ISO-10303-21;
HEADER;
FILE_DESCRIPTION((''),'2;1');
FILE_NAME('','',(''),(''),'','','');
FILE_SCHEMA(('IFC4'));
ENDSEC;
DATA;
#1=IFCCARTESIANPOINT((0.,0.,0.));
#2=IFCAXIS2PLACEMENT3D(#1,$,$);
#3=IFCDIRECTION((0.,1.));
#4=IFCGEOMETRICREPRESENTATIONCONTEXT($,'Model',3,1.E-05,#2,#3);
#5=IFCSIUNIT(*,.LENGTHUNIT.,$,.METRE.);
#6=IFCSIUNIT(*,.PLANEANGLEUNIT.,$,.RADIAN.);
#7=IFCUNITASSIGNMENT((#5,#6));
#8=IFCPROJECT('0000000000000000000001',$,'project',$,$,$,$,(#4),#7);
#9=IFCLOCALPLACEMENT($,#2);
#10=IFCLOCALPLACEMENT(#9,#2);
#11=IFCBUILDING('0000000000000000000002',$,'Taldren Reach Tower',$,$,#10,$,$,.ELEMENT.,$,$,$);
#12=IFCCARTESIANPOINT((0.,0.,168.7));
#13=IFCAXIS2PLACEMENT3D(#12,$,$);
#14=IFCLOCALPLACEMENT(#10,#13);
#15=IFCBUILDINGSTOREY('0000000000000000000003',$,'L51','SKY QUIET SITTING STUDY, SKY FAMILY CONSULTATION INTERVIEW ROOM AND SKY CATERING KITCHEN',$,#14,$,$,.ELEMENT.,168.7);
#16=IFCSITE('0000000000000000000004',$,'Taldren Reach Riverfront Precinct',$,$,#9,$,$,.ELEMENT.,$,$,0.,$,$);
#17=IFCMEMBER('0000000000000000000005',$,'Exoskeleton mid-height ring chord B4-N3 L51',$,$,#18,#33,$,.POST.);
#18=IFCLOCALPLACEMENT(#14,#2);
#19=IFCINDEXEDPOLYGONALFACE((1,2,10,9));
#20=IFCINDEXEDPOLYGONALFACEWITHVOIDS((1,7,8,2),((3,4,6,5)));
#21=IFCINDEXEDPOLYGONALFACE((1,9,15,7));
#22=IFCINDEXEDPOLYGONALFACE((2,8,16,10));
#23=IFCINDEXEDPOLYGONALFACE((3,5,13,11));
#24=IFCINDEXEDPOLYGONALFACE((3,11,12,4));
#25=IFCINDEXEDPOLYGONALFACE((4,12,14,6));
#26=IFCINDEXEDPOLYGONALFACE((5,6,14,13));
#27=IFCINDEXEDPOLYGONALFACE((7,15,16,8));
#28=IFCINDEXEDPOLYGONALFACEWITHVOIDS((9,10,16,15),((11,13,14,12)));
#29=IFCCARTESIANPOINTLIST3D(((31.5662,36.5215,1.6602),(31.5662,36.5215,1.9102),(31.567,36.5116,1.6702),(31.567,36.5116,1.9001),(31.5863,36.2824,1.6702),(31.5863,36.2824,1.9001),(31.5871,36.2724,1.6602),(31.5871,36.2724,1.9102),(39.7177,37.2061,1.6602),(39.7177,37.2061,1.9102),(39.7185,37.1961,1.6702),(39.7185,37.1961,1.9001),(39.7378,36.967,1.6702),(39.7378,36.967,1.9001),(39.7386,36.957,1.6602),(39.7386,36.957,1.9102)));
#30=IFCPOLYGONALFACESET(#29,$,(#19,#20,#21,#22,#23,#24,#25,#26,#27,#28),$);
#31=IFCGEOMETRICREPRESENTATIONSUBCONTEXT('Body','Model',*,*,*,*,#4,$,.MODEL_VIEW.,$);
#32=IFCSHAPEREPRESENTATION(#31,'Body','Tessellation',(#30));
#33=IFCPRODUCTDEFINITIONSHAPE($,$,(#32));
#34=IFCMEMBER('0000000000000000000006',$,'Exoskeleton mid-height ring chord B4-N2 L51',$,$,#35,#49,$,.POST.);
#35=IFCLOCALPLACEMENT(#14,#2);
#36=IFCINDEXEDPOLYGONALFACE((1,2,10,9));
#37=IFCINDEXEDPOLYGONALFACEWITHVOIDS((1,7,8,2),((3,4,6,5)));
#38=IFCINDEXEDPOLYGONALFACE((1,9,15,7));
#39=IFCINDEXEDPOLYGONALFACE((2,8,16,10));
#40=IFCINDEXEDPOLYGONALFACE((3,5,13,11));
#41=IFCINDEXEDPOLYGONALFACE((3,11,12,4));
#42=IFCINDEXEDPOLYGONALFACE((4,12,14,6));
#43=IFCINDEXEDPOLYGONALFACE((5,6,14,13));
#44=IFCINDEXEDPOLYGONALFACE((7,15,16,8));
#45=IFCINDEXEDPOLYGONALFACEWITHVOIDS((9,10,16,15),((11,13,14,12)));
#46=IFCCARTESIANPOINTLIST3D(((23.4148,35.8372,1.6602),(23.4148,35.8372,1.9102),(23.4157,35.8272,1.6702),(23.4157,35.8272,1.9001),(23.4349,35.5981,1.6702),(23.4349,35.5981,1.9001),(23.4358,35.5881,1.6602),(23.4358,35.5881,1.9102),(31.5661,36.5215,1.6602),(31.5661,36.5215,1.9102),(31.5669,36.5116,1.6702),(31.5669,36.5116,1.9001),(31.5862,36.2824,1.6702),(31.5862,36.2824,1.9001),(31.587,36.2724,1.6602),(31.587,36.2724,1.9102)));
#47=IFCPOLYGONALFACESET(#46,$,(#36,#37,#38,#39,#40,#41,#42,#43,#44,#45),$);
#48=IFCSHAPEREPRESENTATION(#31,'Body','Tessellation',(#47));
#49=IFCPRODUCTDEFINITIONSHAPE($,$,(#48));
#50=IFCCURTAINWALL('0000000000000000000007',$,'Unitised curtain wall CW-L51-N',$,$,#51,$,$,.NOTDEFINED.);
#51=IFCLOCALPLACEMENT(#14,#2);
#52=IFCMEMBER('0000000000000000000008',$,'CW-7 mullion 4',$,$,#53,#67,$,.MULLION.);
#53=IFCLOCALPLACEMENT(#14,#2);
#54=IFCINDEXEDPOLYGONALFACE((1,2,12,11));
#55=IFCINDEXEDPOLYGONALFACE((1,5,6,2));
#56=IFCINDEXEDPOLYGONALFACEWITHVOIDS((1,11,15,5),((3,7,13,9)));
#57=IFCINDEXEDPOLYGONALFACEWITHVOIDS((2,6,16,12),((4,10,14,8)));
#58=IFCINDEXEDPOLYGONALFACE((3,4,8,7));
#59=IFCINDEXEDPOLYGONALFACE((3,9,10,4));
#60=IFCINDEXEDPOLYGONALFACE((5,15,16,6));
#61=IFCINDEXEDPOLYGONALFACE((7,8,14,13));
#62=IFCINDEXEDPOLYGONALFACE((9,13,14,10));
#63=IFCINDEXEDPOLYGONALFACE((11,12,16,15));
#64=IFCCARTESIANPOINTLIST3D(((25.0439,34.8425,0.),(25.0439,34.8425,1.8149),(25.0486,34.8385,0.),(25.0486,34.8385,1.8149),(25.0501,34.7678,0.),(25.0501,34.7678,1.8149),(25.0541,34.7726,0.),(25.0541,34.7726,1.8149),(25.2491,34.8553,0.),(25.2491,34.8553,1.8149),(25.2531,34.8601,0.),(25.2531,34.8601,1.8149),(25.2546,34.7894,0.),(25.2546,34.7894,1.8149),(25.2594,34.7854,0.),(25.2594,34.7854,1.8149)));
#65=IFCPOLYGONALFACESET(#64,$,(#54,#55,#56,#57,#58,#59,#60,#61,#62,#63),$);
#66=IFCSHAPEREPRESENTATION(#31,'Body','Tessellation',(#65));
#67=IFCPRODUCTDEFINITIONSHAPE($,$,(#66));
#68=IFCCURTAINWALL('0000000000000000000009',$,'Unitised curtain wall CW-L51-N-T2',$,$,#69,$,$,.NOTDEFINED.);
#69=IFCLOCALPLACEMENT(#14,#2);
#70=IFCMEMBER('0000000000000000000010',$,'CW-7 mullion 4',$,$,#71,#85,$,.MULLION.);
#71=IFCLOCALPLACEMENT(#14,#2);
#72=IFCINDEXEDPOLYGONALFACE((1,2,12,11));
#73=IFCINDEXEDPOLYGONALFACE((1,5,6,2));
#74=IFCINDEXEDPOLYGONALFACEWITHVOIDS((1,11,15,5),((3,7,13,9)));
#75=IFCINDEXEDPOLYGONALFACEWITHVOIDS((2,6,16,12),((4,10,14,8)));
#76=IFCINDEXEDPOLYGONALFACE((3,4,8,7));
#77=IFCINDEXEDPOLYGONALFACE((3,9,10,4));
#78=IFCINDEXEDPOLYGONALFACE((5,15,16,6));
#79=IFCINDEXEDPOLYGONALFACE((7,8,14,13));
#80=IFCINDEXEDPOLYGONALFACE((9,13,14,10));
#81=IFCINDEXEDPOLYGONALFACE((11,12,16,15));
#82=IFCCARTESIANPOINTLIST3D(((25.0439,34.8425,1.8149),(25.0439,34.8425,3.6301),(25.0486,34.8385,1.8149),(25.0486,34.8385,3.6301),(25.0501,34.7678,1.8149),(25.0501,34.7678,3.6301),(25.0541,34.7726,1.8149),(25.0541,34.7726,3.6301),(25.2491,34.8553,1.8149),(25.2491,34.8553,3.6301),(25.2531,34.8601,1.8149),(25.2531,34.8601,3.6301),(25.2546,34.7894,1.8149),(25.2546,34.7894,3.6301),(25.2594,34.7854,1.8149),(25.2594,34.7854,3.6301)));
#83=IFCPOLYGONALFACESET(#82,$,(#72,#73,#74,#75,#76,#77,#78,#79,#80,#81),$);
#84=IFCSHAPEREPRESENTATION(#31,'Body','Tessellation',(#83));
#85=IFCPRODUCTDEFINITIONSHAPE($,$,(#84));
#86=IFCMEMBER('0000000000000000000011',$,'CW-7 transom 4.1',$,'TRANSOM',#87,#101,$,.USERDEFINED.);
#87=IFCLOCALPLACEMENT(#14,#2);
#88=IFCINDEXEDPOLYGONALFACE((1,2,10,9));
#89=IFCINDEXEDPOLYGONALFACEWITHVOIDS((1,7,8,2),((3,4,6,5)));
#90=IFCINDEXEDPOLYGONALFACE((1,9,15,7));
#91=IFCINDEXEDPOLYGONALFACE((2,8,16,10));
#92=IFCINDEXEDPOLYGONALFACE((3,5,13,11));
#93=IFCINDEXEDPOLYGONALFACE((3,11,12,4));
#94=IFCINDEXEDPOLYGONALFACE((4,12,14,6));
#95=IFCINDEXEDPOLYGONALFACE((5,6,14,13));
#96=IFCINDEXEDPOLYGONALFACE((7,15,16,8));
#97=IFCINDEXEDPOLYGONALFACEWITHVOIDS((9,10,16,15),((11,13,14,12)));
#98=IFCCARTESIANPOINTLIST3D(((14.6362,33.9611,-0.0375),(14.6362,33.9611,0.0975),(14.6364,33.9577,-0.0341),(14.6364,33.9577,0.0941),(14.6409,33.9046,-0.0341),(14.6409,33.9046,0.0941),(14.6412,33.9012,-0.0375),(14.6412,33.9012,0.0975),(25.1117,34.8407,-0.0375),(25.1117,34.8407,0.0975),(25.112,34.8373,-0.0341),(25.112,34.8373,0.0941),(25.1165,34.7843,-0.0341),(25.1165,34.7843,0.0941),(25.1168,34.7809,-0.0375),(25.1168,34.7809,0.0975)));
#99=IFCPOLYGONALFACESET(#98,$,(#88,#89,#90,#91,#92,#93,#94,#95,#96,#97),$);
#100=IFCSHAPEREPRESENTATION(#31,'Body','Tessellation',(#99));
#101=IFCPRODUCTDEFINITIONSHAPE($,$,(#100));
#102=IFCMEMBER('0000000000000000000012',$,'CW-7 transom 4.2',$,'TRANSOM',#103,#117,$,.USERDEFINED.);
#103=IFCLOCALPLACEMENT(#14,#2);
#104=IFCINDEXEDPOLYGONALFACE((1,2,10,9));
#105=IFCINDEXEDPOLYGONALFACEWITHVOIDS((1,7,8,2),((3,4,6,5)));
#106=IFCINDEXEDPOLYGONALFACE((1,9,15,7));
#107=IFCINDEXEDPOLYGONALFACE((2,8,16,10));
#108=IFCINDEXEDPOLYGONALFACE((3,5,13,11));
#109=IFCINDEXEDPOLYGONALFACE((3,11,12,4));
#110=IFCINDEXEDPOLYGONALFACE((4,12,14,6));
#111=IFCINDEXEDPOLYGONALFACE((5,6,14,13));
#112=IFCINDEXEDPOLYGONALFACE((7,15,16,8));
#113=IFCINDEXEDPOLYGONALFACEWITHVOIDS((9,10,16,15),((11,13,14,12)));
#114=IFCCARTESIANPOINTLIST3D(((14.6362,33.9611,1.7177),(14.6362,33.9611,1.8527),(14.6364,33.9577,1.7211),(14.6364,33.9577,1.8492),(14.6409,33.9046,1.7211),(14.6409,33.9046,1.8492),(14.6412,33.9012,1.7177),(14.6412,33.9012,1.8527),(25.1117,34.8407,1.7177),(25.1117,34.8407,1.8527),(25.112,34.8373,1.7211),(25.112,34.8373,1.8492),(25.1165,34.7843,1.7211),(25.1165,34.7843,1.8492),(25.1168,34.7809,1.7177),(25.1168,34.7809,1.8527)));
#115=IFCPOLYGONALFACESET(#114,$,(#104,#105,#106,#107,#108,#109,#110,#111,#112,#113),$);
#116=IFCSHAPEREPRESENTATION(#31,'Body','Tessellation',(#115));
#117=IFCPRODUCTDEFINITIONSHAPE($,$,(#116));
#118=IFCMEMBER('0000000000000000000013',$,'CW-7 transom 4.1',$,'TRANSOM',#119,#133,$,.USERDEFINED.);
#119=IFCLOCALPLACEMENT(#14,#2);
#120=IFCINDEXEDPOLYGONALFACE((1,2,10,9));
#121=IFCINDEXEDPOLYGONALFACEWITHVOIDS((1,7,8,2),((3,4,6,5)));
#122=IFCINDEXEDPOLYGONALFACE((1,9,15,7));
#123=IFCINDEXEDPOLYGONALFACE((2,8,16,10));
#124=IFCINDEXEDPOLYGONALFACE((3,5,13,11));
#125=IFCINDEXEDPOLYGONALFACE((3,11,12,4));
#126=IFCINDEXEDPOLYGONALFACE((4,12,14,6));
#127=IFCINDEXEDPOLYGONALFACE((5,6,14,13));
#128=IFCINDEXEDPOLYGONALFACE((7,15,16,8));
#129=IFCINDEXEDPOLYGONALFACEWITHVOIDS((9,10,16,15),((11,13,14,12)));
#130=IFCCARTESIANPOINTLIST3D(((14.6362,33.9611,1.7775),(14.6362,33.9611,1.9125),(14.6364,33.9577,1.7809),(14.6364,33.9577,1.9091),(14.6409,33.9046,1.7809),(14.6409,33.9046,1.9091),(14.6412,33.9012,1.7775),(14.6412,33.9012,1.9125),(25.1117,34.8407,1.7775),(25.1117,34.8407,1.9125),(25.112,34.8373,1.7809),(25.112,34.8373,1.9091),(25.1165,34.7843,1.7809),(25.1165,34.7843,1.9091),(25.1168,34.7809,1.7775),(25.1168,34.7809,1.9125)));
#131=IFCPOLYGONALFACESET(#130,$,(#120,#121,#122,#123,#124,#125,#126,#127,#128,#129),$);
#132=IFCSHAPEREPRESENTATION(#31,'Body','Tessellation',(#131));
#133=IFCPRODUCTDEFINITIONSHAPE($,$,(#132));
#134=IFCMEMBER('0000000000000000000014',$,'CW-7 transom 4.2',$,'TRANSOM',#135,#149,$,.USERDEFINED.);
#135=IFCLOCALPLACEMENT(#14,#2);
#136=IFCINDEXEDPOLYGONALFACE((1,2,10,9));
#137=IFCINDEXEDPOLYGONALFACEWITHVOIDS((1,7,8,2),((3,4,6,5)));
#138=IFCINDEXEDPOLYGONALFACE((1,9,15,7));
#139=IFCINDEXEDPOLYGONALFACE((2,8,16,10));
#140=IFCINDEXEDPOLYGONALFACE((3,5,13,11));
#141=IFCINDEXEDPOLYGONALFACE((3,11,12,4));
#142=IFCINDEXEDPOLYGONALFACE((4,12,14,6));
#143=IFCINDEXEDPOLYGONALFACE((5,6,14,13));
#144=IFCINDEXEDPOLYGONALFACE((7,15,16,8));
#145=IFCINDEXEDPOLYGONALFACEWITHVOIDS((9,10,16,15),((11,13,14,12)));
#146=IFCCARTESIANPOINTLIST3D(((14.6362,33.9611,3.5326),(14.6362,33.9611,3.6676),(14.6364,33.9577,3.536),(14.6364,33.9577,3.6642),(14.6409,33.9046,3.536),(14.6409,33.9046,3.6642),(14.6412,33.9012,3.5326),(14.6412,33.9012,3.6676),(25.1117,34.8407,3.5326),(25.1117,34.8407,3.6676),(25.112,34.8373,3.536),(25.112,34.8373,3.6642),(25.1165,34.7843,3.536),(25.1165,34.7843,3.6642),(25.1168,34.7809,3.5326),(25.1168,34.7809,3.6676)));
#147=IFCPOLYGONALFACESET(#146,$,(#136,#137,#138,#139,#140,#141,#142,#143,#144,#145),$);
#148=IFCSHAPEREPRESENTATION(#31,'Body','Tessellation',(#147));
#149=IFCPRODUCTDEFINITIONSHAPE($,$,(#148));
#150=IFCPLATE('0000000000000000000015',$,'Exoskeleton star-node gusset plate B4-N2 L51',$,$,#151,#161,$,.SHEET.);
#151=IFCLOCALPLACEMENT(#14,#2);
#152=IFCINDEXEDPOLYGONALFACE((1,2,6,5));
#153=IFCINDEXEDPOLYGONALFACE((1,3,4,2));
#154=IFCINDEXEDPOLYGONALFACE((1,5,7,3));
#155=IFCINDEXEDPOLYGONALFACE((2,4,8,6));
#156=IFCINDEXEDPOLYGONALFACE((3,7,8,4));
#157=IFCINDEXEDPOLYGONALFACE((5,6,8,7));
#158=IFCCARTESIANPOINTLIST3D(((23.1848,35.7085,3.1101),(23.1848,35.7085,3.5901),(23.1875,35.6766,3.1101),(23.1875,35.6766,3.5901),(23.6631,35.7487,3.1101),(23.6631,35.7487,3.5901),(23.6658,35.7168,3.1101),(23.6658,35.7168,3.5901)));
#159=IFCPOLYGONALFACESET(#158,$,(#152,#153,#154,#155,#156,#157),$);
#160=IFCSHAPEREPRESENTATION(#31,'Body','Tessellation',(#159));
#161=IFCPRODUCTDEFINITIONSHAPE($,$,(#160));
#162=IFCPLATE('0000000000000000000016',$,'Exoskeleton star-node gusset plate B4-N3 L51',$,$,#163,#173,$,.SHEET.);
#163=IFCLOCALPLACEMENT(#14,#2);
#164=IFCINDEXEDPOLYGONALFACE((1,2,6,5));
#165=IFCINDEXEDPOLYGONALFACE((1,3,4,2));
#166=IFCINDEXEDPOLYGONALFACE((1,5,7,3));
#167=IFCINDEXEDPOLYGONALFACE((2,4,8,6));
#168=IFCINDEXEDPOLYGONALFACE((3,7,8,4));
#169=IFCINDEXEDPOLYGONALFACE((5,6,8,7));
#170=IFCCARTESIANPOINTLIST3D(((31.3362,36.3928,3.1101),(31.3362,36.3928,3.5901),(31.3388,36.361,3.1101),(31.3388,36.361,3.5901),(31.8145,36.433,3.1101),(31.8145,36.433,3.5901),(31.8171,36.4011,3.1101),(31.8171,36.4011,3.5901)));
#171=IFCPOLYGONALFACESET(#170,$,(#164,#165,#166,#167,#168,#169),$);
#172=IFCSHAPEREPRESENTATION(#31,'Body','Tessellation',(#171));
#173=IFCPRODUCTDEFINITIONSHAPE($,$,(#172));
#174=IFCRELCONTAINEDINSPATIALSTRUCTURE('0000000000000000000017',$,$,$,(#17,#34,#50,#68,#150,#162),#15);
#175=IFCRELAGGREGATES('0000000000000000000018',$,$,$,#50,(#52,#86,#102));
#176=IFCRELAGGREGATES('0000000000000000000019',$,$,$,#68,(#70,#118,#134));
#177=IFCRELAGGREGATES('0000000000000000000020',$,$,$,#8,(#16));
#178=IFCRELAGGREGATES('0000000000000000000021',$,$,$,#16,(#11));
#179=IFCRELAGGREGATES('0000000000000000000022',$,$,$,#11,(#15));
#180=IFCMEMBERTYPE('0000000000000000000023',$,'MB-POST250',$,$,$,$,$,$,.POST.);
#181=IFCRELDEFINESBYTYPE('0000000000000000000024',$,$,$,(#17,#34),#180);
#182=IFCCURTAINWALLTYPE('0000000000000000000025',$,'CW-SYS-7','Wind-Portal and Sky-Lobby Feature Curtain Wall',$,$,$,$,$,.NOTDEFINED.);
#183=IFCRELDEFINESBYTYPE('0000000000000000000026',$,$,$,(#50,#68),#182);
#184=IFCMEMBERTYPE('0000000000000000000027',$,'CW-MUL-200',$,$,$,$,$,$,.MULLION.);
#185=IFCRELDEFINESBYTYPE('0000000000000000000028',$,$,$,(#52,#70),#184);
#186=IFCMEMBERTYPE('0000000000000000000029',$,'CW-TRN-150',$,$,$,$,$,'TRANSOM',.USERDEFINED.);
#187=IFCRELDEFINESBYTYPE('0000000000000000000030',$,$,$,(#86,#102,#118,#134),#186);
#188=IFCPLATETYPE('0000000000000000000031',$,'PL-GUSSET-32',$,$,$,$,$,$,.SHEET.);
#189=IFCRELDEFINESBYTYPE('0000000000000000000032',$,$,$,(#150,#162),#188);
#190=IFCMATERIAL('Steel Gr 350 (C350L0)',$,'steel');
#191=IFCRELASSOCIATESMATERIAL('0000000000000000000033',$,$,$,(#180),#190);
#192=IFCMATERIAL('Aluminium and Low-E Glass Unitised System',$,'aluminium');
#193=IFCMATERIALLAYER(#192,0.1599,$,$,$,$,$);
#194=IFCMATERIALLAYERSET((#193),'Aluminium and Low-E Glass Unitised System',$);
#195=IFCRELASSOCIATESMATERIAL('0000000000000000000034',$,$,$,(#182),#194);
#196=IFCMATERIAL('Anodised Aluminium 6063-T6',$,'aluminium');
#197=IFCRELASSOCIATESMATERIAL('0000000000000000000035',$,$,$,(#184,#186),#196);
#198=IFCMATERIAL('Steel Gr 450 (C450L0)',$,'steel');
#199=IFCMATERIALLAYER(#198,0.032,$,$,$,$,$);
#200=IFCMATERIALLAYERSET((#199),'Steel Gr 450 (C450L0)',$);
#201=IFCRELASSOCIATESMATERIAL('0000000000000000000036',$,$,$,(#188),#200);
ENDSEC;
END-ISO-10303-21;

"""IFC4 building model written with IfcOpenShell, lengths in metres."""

from ifc_helpers import new_model, si_unit, direction, frame, origin, origin_2d, place, context, subcontext, project, spatial, rectangle, hollow_rectangle, extrude, source, transform, mapped, material, layer, layer_set, material_profile, profile_set, type_object, element, aggregate, save


model = new_model("IFC4")

# Units and contexts
model_context = context("Model", 3, precision=1e-05, world=origin(), true_north=direction((0.0, 1.0)))
body_context = subcontext(model_context, "Body", "Model", "MODEL_VIEW")
ifc_project = project(units=[si_unit("LENGTHUNIT", "METRE"), si_unit("PLANEANGLEUNIT", "RADIAN")], contexts=[model_context])

# Site, building, storey
site_placement = place(None, origin())
site = spatial("IfcSite", under=ifc_project, at=site_placement, Name="Taldren Reach Riverfront Precinct", CompositionType="ELEMENT", RefElevation=0.0)
building_placement = place(site_placement, origin())
building = spatial("IfcBuilding", under=site, at=building_placement, Name="Taldren Reach Tower", CompositionType="ELEMENT")
storey_placement = place(building_placement, frame((0.0, 0.0, 168.7)))
storey = spatial("IfcBuildingStorey", under=building, at=storey_placement, Name="L51", Description="SKY QUIET SITTING STUDY, SKY FAMILY CONSULTATION INTERVIEW ROOM AND SKY CATERING KITCHEN", CompositionType="ELEMENT", Elevation=168.7)

# Shared definitions
ifc_material_1 = material(Name="Steel Gr 350 (C350L0)", Category="steel")
ifc_material_profile_1 = material_profile(ifc_material_1, hollow_rectangle(XDim=0.25, YDim=0.25, WallThickness=0.01, at=origin_2d()), Name="250x250x10.0SHS")
ifc_profile_set_1 = profile_set([ifc_material_profile_1], Name="Steel Gr 350 (C350L0)")
member_type_1 = type_object("IfcMemberType", Name="MB-POST250", PredefinedType="POST", material=ifc_profile_set_1)

# Members
ifc_material_2 = material(Name="Steel Gr 450 (C450L0)", Category="steel")
shared_shape_1 = source(origin(), body_context, "Body", "SweptSolid", [
    extrude(hollow_rectangle(XDim=0.25, YDim=0.25, WallThickness=0.01, at=origin_2d()), origin(), (0.0, 0.0, 1.0), 8.1802),
])
member_1_placement = place(storey_placement, frame((31.5767, 36.397, 1.7852), z_axis=(0.996492, 0.083688, 0.0), x_axis=(-0.083688, 0.996492, 0.0)))
element("IfcMember", 1, at=member_1_placement, inside=storey, type_object=member_type_1, Name="Exoskeleton mid-height ring chord B4-N3 L51", PredefinedType="POST", context=body_context, shape_type="MappedRepresentation", body=[
    mapped(shared_shape_1, transform((0.0, 0.0, 0.0), scale=1.0)),
])
shared_shape_2 = source(origin(), body_context, "Body", "SweptSolid", [
    extrude(hollow_rectangle(XDim=0.25, YDim=0.25, WallThickness=0.01, at=origin_2d()), origin(), (0.0, 0.0, 1.0), 8.1799),
])
member_2_placement = place(storey_placement, frame((23.4253, 35.7126, 1.7852), z_axis=(0.996495, 0.083658, 0.0), x_axis=(-0.083658, 0.996495, 0.0)))
element("IfcMember", 2, at=member_2_placement, inside=storey, type_object=member_type_1, Name="Exoskeleton mid-height ring chord B4-N2 L51", PredefinedType="POST", context=body_context, shape_type="MappedRepresentation", body=[
    mapped(shared_shape_2, transform((0.0, 0.0, 0.0), scale=1.0)),
])

# Curtain walls, members
ifc_material_3 = material(Name="Aluminium and Low-E Glass Unitised System", Category="aluminium")
ifc_layer_1 = layer(ifc_material_3, 0.1599)
ifc_layer_set_1 = layer_set([ifc_layer_1], Name="Aluminium and Low-E Glass Unitised System")
curtain_wall_type = type_object("IfcCurtainWallType", Name="CW-SYS-7", Description="Wind-Portal and Sky-Lobby Feature Curtain Wall", PredefinedType="NOTDEFINED", material=ifc_layer_set_1)
curtain_wall_1_placement = place(storey_placement, origin())
curtain_wall_1 = element("IfcCurtainWall", 3, at=curtain_wall_1_placement, inside=storey, type_object=curtain_wall_type, Name="Unitised curtain wall CW-L51-N", PredefinedType="NOTDEFINED")
ifc_material_4 = material(Name="Anodised Aluminium 6063-T6", Category="aluminium")
ifc_material_profile_2 = material_profile(ifc_material_4, hollow_rectangle(XDim=0.075, YDim=0.21, WallThickness=0.0044, at=origin_2d()), Name="ALU-210x75x4.5RHS")
ifc_profile_set_2 = profile_set([ifc_material_profile_2], Name="Anodised Aluminium 6063-T6")
member_type_2 = type_object("IfcMemberType", Name="CW-MUL-200", PredefinedType="MULLION", material=ifc_profile_set_2)
shared_shape_3 = source(origin(), body_context, "Body", "SweptSolid", [
    extrude(hollow_rectangle(XDim=0.075, YDim=0.21, WallThickness=0.0044, at=origin_2d()), origin(), (0.0, 0.0, 1.0), 1.8149),
])
member_3_placement = place(storey_placement, frame((25.1516, 34.814, 0.0), z_axis=(0.0, 0.0, 1.0), x_axis=(0.083678, -0.996493, 0.0)))
member_3 = element("IfcMember", 4, at=member_3_placement, type_object=member_type_2, Name="CW-7 mullion 4", PredefinedType="MULLION", context=body_context, shape_type="MappedRepresentation", body=[
    mapped(shared_shape_3, transform((0.0, 0.0, 0.0), scale=1.0)),
])
curtain_wall_2_placement = place(storey_placement, origin())
curtain_wall_2 = element("IfcCurtainWall", 5, at=curtain_wall_2_placement, inside=storey, type_object=curtain_wall_type, Name="Unitised curtain wall CW-L51-N-T2", PredefinedType="NOTDEFINED")
shared_shape_4 = source(origin(), body_context, "Body", "SweptSolid", [
    extrude(hollow_rectangle(XDim=0.075, YDim=0.21, WallThickness=0.0044, at=origin_2d()), origin(), (0.0, 0.0, 1.0), 1.8152),
])
member_4_placement = place(storey_placement, frame((25.1516, 34.814, 1.8149), z_axis=(0.0, 0.0, 1.0), x_axis=(0.083678, -0.996493, 0.0)))
member_4 = element("IfcMember", 6, at=member_4_placement, type_object=member_type_2, Name="CW-7 mullion 4", PredefinedType="MULLION", context=body_context, shape_type="MappedRepresentation", body=[
    mapped(shared_shape_4, transform((0.0, 0.0, 0.0), scale=1.0)),
])

# Members
ifc_material_profile_3 = material_profile(ifc_material_4, hollow_rectangle(XDim=0.0601, YDim=0.135, WallThickness=0.0034, at=origin_2d()), Name="ALU-135x60x3.5RHS")
ifc_profile_set_3 = profile_set([ifc_material_profile_3], Name="Anodised Aluminium 6063-T6")
member_type_3 = type_object("IfcMemberType", Name="CW-TRN-150", ElementType="TRANSOM", PredefinedType="USERDEFINED", material=ifc_profile_set_3)
shared_shape_5 = source(origin(), body_context, "Body", "SweptSolid", [
    extrude(hollow_rectangle(XDim=0.0601, YDim=0.135, WallThickness=0.0034, at=origin_2d()), origin(), (0.0, 0.0, 1.0), 10.5125),
])
member_5_placement = place(storey_placement, frame((25.1143, 34.8108, 0.03), z_axis=(-0.996493, -0.083676, 0.0), x_axis=(0.083676, -0.996493, 0.0)))
member_5 = element("IfcMember", 7, at=member_5_placement, type_object=member_type_3, Name="CW-7 transom 4.1", ObjectType="TRANSOM", PredefinedType="USERDEFINED", context=body_context, shape_type="MappedRepresentation", body=[
    mapped(shared_shape_5, transform((0.0, 0.0, 0.0), scale=1.0)),
])
member_6_placement = place(storey_placement, frame((25.1143, 34.8108, 1.7852), z_axis=(-0.996493, -0.083676, 0.0), x_axis=(0.083676, -0.996493, 0.0)))
member_6 = element("IfcMember", 8, at=member_6_placement, type_object=member_type_3, Name="CW-7 transom 4.2", ObjectType="TRANSOM", PredefinedType="USERDEFINED", context=body_context, shape_type="MappedRepresentation", body=[
    mapped(shared_shape_5, transform((0.0, 0.0, 0.0), scale=1.0)),
])
member_7_placement = place(storey_placement, frame((25.1143, 34.8108, 1.845), z_axis=(-0.996493, -0.083676, 0.0), x_axis=(0.083676, -0.996493, 0.0)))
member_7 = element("IfcMember", 9, at=member_7_placement, type_object=member_type_3, Name="CW-7 transom 4.1", ObjectType="TRANSOM", PredefinedType="USERDEFINED", context=body_context, shape_type="MappedRepresentation", body=[
    mapped(shared_shape_5, transform((0.0, 0.0, 0.0), scale=1.0)),
])
member_8_placement = place(storey_placement, frame((25.1143, 34.8108, 3.6001), z_axis=(-0.996493, -0.083676, 0.0), x_axis=(0.083676, -0.996493, 0.0)))
member_8 = element("IfcMember", 10, at=member_8_placement, type_object=member_type_3, Name="CW-7 transom 4.2", ObjectType="TRANSOM", PredefinedType="USERDEFINED", context=body_context, shape_type="MappedRepresentation", body=[
    mapped(shared_shape_5, transform((0.0, 0.0, 0.0), scale=1.0)),
])

# Plates
ifc_layer_2 = layer(ifc_material_2, 0.032)
ifc_layer_set_2 = layer_set([ifc_layer_2], Name="Steel Gr 450 (C450L0)")
plate_type_1 = type_object("IfcPlateType", Name="PL-GUSSET-32", PredefinedType="SHEET", material=ifc_layer_set_2)
shared_shape_6 = source(origin(), body_context, "Body", "SweptSolid", [
    extrude(rectangle(XDim=0.48, YDim=0.032, at=origin_2d()), origin(), (0.0, 0.0, 1.0), 0.48),
])
for number, where, z_axis, x_axis, name in (
    (11, (23.4253, 35.7126, 3.1101), (0.0, 0.0, 1.0), (0.996493, 0.083678, 0.0), "Exoskeleton star-node gusset plate B4-N2 L51"),
    (12, (31.5767, 36.397, 3.1101), (0.0, 0.0, 1.0), (0.996493, 0.083678, 0.0), "Exoskeleton star-node gusset plate B4-N3 L51"),
):
    element("IfcPlate", number, at=place(storey_placement, frame(where, z_axis=z_axis, x_axis=x_axis)), inside=storey, type_object=plate_type_1, Name=name, PredefinedType="SHEET", context=body_context, shape_type="MappedRepresentation", body=[
        mapped(shared_shape_6, transform((0.0, 0.0, 0.0), scale=1.0)),
    ])

aggregate(curtain_wall_1, [member_3, member_5, member_6])
aggregate(curtain_wall_2, [member_4, member_7, member_8])

save(model, "model.ifc")
